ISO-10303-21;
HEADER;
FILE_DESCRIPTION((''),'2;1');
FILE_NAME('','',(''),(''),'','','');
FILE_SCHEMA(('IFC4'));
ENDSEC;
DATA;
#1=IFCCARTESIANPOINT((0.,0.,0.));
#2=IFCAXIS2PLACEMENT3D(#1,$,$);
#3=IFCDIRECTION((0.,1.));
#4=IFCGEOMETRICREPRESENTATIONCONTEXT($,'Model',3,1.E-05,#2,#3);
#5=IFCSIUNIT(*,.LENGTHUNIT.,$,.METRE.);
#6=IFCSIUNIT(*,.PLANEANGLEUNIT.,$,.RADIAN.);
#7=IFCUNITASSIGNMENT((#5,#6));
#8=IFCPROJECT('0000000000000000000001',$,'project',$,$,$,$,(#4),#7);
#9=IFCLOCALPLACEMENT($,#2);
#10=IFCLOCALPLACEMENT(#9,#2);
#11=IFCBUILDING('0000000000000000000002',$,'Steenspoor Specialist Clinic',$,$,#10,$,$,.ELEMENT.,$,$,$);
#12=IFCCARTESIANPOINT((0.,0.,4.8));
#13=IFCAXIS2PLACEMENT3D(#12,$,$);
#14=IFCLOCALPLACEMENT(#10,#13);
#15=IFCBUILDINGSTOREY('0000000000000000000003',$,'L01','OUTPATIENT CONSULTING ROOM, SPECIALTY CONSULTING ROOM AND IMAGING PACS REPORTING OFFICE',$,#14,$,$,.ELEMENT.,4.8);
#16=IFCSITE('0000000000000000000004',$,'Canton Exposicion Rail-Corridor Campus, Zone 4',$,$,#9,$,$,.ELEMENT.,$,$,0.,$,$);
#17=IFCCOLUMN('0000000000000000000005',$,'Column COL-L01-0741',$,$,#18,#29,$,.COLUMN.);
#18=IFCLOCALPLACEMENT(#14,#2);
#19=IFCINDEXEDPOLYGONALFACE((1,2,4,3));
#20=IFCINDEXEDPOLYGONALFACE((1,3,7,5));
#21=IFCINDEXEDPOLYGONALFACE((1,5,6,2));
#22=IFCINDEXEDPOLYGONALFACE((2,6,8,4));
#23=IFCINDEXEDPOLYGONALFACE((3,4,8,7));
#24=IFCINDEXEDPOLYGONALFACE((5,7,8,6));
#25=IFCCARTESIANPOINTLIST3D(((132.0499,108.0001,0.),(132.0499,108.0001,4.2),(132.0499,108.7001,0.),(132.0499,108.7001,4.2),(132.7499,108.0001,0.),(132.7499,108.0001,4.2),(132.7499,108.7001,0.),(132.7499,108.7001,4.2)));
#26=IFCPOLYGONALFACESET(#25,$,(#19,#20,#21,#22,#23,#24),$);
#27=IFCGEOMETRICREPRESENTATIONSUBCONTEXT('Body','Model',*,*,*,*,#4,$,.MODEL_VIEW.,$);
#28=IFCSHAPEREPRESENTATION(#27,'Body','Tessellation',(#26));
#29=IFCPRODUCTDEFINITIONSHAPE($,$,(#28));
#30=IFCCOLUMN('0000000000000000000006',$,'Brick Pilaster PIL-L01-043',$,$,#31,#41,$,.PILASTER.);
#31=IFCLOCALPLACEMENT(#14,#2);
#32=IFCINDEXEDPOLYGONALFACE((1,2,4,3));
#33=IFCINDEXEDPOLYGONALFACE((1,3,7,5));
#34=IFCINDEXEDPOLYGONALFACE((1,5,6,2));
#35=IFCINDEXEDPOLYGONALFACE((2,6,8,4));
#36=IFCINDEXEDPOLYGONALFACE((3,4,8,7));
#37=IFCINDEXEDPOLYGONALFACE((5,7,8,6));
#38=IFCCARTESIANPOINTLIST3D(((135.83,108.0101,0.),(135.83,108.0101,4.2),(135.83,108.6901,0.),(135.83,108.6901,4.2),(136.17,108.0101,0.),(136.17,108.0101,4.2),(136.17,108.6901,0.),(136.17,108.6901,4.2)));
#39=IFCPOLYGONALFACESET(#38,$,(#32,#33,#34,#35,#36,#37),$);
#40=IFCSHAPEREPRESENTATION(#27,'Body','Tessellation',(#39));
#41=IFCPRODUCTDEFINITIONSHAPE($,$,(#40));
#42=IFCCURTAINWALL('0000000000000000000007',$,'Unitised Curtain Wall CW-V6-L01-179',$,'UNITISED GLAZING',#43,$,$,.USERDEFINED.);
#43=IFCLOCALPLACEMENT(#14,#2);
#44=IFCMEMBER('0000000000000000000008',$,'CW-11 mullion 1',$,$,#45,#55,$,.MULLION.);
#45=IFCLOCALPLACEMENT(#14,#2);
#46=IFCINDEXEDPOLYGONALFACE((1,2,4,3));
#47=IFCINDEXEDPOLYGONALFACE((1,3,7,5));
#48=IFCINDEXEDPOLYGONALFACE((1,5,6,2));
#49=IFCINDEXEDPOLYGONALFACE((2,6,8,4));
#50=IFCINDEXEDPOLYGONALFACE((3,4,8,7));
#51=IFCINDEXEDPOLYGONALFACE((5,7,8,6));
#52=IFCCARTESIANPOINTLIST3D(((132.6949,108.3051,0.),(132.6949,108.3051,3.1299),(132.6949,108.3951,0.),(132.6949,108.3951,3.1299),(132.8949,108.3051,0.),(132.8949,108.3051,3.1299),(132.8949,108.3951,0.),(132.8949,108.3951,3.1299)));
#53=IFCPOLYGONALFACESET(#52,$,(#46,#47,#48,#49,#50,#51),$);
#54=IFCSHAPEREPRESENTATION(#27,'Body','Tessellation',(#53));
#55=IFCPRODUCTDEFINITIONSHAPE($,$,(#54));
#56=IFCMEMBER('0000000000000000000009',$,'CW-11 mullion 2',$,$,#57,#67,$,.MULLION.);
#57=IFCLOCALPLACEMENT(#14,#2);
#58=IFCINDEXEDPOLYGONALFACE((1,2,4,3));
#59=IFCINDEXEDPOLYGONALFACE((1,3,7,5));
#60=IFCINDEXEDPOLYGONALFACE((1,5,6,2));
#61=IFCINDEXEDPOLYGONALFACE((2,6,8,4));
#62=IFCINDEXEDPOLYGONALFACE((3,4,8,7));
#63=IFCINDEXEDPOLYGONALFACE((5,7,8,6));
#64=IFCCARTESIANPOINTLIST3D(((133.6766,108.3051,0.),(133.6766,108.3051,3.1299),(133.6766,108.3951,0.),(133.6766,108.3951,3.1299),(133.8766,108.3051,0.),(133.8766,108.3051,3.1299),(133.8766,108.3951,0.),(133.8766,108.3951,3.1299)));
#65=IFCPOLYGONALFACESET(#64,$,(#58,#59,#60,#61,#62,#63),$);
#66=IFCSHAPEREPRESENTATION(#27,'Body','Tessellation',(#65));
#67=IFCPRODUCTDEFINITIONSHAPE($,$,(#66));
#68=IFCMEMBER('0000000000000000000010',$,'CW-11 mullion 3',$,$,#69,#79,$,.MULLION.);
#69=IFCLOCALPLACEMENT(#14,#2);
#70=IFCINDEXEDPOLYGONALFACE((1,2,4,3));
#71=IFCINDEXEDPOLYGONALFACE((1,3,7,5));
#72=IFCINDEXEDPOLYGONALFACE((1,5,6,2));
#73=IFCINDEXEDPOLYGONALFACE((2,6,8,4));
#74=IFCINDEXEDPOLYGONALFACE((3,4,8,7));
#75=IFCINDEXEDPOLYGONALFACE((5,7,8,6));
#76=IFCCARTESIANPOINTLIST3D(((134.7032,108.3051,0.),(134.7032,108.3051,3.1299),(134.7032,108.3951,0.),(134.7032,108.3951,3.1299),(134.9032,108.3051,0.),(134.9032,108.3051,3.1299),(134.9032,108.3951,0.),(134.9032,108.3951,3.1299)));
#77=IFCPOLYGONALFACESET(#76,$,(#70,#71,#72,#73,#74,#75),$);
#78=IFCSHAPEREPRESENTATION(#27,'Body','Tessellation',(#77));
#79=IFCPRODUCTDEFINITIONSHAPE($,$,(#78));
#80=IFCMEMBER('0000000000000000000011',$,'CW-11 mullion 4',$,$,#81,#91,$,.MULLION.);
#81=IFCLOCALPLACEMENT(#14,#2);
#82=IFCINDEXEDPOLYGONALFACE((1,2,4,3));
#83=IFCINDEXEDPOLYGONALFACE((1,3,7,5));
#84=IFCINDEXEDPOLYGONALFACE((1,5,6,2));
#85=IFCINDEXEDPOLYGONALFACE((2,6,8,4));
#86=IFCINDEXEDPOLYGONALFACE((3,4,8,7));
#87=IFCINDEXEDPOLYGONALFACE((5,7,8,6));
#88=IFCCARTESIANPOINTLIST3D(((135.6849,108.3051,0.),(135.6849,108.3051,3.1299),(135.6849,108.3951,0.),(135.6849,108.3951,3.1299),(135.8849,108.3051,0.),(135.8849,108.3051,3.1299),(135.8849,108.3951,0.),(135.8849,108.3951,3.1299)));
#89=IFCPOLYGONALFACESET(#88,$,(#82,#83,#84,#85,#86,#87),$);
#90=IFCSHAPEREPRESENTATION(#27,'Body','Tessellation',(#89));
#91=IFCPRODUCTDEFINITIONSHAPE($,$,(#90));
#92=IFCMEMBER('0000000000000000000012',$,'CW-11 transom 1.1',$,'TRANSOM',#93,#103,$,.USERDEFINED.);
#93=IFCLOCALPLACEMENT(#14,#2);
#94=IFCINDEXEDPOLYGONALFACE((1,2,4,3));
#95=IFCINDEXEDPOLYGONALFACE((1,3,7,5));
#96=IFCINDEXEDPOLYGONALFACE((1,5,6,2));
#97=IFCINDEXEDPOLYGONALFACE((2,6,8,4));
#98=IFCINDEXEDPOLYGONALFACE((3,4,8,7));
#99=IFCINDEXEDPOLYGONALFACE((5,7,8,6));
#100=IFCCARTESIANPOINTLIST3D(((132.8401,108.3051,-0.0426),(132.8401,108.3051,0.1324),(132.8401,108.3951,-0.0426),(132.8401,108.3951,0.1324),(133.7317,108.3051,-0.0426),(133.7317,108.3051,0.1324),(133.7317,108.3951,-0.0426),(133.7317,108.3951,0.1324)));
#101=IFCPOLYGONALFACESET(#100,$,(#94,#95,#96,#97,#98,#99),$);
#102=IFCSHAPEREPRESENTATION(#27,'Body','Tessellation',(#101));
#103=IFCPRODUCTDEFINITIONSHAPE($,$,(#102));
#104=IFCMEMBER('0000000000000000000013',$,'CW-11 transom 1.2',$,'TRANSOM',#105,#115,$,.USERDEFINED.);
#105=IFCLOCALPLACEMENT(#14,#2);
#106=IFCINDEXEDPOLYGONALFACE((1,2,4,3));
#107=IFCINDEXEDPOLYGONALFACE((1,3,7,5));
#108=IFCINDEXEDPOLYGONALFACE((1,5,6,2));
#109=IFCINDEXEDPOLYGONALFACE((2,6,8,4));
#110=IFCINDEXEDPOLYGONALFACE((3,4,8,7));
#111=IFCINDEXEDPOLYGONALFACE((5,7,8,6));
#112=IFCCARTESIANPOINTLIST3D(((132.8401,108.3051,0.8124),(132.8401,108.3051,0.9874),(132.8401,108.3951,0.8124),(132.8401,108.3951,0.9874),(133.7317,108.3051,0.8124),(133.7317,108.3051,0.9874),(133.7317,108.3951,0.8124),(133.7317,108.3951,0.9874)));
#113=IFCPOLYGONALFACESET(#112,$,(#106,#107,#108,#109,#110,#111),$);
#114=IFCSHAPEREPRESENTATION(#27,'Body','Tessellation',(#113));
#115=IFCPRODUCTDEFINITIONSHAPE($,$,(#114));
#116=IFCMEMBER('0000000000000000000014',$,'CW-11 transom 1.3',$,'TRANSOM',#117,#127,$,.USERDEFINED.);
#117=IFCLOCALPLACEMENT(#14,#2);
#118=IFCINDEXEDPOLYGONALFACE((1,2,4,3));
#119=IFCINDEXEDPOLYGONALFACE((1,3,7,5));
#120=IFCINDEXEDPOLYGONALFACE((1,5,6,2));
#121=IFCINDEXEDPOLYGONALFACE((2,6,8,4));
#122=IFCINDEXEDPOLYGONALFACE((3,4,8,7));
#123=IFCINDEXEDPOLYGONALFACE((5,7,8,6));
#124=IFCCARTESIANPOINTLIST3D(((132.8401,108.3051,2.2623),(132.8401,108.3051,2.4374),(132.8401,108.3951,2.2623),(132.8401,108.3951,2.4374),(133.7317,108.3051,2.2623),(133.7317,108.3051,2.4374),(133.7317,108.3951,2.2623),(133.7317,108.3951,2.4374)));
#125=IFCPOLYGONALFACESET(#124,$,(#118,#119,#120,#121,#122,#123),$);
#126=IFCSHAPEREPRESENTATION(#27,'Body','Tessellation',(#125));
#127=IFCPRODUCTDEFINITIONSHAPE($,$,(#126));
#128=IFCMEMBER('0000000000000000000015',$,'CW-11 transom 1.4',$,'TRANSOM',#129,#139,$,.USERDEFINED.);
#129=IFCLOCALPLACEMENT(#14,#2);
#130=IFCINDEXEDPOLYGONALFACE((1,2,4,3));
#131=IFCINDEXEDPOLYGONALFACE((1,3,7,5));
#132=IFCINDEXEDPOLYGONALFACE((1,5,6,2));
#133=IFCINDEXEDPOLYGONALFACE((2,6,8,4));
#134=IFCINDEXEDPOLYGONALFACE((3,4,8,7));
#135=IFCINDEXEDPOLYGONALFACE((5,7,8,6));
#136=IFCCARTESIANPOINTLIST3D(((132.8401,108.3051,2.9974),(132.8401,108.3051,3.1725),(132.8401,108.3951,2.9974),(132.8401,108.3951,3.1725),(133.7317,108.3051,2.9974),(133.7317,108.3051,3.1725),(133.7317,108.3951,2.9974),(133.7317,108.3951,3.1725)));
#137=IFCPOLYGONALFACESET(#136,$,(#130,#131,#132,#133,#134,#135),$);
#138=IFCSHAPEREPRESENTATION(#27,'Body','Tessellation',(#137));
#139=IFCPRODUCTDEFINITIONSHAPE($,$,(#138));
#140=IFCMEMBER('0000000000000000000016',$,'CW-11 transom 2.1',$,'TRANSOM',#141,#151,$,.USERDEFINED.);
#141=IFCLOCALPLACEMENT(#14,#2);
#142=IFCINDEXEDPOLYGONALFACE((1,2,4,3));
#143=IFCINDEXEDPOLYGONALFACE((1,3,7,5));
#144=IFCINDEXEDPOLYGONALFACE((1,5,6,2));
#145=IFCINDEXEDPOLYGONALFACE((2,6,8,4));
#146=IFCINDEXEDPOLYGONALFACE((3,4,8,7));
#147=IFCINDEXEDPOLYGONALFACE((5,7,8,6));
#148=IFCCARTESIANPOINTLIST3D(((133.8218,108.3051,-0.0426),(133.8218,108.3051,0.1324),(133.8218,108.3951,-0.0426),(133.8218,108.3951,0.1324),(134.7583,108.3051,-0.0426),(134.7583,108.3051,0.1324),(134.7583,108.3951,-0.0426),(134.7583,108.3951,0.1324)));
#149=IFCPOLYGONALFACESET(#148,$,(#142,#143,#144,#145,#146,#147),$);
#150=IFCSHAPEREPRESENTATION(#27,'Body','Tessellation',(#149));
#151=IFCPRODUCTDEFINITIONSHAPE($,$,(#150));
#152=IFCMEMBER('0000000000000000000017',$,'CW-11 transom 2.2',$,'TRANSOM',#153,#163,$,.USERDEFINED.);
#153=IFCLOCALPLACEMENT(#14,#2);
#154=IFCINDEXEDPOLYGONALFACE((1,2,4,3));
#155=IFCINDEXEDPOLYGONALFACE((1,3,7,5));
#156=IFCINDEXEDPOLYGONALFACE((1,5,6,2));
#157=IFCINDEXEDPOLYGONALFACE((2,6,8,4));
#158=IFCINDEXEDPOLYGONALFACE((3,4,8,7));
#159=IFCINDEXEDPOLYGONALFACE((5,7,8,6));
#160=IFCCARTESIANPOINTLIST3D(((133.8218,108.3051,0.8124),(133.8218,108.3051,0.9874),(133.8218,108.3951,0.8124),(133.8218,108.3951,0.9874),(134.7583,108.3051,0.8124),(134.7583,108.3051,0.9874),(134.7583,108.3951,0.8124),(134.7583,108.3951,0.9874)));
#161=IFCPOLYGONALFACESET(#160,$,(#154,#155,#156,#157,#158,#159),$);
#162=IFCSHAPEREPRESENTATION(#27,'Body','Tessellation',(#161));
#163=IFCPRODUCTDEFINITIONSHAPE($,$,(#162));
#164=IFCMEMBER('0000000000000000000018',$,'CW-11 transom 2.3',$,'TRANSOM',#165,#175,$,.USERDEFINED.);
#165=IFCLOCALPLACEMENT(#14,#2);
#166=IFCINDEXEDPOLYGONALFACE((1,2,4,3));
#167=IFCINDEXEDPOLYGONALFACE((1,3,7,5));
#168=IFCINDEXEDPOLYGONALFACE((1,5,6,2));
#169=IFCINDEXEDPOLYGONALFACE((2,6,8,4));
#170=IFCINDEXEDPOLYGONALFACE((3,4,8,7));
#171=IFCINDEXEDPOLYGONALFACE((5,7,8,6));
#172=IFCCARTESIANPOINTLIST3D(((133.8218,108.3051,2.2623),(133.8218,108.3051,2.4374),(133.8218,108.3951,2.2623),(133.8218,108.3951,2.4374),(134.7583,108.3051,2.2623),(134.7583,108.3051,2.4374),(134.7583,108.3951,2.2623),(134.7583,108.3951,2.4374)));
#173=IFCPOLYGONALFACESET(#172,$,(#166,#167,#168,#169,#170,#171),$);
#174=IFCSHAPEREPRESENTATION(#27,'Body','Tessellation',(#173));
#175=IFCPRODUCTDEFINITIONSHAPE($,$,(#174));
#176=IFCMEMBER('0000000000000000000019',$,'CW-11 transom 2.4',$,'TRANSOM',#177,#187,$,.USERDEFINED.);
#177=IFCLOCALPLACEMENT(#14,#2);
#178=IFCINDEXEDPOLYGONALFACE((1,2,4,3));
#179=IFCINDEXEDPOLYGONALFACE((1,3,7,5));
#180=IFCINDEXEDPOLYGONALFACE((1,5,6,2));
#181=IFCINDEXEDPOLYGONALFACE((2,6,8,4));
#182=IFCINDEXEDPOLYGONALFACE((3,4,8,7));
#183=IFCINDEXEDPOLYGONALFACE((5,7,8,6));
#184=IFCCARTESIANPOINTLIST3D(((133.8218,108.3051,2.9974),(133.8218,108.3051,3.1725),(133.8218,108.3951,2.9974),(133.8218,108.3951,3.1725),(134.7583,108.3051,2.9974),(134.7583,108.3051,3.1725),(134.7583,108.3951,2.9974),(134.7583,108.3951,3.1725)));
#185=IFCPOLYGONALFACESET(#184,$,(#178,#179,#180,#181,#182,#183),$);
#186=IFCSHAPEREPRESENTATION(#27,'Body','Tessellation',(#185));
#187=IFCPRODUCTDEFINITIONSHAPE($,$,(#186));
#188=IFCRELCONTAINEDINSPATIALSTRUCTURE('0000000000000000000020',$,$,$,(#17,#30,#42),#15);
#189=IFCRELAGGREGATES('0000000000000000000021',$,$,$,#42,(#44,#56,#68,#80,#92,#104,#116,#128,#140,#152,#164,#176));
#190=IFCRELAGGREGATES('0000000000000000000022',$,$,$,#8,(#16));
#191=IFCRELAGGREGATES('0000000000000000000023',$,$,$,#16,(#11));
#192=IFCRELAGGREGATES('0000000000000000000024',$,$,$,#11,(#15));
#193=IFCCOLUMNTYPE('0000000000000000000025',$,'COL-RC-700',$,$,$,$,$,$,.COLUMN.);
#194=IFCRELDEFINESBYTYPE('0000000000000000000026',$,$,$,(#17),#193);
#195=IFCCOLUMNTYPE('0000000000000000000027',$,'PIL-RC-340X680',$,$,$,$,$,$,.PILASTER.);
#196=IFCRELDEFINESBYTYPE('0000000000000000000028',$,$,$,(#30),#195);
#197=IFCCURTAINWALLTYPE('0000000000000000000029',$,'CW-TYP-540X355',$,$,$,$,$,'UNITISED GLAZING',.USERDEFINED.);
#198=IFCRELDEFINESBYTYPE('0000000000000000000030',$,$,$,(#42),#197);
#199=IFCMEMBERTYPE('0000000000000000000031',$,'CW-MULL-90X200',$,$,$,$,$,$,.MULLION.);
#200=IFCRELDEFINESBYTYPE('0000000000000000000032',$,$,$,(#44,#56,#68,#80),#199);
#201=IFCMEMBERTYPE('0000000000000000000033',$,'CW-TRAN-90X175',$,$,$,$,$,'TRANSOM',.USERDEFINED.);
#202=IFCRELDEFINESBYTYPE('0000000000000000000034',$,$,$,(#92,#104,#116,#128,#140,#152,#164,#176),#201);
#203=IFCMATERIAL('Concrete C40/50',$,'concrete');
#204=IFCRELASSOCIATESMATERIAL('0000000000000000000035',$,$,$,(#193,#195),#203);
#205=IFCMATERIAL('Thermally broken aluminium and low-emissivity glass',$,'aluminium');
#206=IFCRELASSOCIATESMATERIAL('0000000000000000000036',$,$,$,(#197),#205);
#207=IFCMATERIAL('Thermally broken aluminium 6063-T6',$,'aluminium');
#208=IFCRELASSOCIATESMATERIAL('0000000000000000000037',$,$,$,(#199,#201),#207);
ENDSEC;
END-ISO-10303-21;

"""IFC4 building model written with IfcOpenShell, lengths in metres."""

from ifc_helpers import new_model, si_unit, direction, frame, origin, origin_2d, place, context, subcontext, project, spatial, rectangle, extrude, material, material_profile, profile_set, type_object, element, aggregate, save


model = new_model("IFC4")

# Units and contexts
model_context = context("Model", 3, precision=1e-05, world=origin(), true_north=direction((0.0, 1.0)))
body_context = subcontext(model_context, "Body", "Model", "MODEL_VIEW")
ifc_project = project(units=[si_unit("LENGTHUNIT", "METRE"), si_unit("PLANEANGLEUNIT", "RADIAN")], contexts=[model_context])

# Site, building, storey
site_placement = place(None, origin())
site = spatial("IfcSite", under=ifc_project, at=site_placement, Name="Canton Exposicion Rail-Corridor Campus, Zone 4", CompositionType="ELEMENT", RefElevation=0.0)
building_placement = place(site_placement, origin())
building = spatial("IfcBuilding", under=site, at=building_placement, Name="Steenspoor Specialist Clinic", CompositionType="ELEMENT")
storey_placement = place(building_placement, frame((0.0, 0.0, 4.8)))
storey = spatial("IfcBuildingStorey", under=building, at=storey_placement, Name="L01", Description="OUTPATIENT CONSULTING ROOM, SPECIALTY CONSULTING ROOM AND IMAGING PACS REPORTING OFFICE", CompositionType="ELEMENT", Elevation=4.8)

# Columns
ifc_material_1 = material(Name="Concrete C40/50", Category="concrete")
ifc_material_profile_1 = material_profile(ifc_material_1, rectangle(XDim=0.7, YDim=0.7, at=origin_2d()), Name="RC-COL-700X700")
ifc_profile_set_1 = profile_set([ifc_material_profile_1], Name="Concrete C40/50")
column_type_1 = type_object("IfcColumnType", Name="COL-RC-700", PredefinedType="COLUMN", material=ifc_profile_set_1)
column_1_placement = place(storey_placement, frame((132.3999, 108.3501, 0.0), z_axis=(0.0, 0.0, 1.0), x_axis=(1.0, 0.0, 0.0)))
element("IfcColumn", 1, at=column_1_placement, inside=storey, type_object=column_type_1, Name="Column COL-L01-0741", PredefinedType="COLUMN", context=body_context, shape_type="SweptSolid", body=[
    extrude(rectangle(XDim=0.7, YDim=0.7, at=origin_2d()), origin(), (0.0, 0.0, 1.0), 4.2),
])
ifc_material_profile_2 = material_profile(ifc_material_1, rectangle(XDim=0.3401, YDim=0.6799, at=origin_2d()), Name="RC-PIL-340X680")
ifc_profile_set_2 = profile_set([ifc_material_profile_2], Name="Concrete C40/50")
column_type_2 = type_object("IfcColumnType", Name="PIL-RC-340X680", PredefinedType="PILASTER", material=ifc_profile_set_2)
column_2_placement = place(storey_placement, frame((136.0, 108.3501, 0.0), z_axis=(0.0, 0.0, 1.0), x_axis=(1.0, 0.0, 0.0)))
element("IfcColumn", 2, at=column_2_placement, inside=storey, type_object=column_type_2, Name="Brick Pilaster PIL-L01-043", PredefinedType="PILASTER", context=body_context, shape_type="SweptSolid", body=[
    extrude(rectangle(XDim=0.3401, YDim=0.6799, at=origin_2d()), origin(), (0.0, 0.0, 1.0), 4.2),
])

# Curtain wall, members
ifc_material_2 = material(Name="Thermally broken aluminium and low-emissivity glass", Category="aluminium")
curtain_wall_type = type_object("IfcCurtainWallType", Name="CW-TYP-540X355", ElementType="UNITISED GLAZING", PredefinedType="USERDEFINED", material=ifc_material_2)
curtain_wall_placement = place(storey_placement, origin())
curtain_wall = element("IfcCurtainWall", 3, at=curtain_wall_placement, inside=storey, type_object=curtain_wall_type, Name="Unitised Curtain Wall CW-V6-L01-179", ObjectType="UNITISED GLAZING", PredefinedType="USERDEFINED")
ifc_material_3 = material(Name="Thermally broken aluminium 6063-T6", Category="aluminium")
ifc_material_profile_3 = material_profile(ifc_material_3, rectangle(XDim=0.0901, YDim=0.2, at=origin_2d()), Name="CWM-90X200")
ifc_profile_set_3 = profile_set([ifc_material_profile_3], Name="Thermally broken aluminium 6063-T6")
member_type_1 = type_object("IfcMemberType", Name="CW-MULL-90X200", PredefinedType="MULLION", material=ifc_profile_set_3)
member_1_placement = place(storey_placement, frame((132.7949, 108.3501, 0.0), z_axis=(0.0, 0.0, 1.0), x_axis=(0.0, 1.0, 0.0)))
member_1 = element("IfcMember", 4, at=member_1_placement, type_object=member_type_1, Name="CW-11 mullion 1", PredefinedType="MULLION", context=body_context, shape_type="SweptSolid", body=[
    extrude(rectangle(XDim=0.0901, YDim=0.2, at=origin_2d()), origin(), (0.0, 0.0, 1.0), 3.1299),
])
member_2_placement = place(storey_placement, frame((133.7766, 108.3501, 0.0), z_axis=(0.0, 0.0, 1.0), x_axis=(0.0, 1.0, 0.0)))
member_2 = element("IfcMember", 5, at=member_2_placement, type_object=member_type_1, Name="CW-11 mullion 2", PredefinedType="MULLION", context=body_context, shape_type="SweptSolid", body=[
    extrude(rectangle(XDim=0.0901, YDim=0.2, at=origin_2d()), origin(), (0.0, 0.0, 1.0), 3.1299),
])
member_3_placement = place(storey_placement, frame((134.8032, 108.3501, 0.0), z_axis=(0.0, 0.0, 1.0), x_axis=(0.0, 1.0, 0.0)))
member_3 = element("IfcMember", 6, at=member_3_placement, type_object=member_type_1, Name="CW-11 mullion 3", PredefinedType="MULLION", context=body_context, shape_type="SweptSolid", body=[
    extrude(rectangle(XDim=0.0901, YDim=0.2, at=origin_2d()), origin(), (0.0, 0.0, 1.0), 3.1299),
])
member_4_placement = place(storey_placement, frame((135.7849, 108.3501, 0.0), z_axis=(0.0, 0.0, 1.0), x_axis=(0.0, 1.0, 0.0)))
member_4 = element("IfcMember", 7, at=member_4_placement, type_object=member_type_1, Name="CW-11 mullion 4", PredefinedType="MULLION", context=body_context, shape_type="SweptSolid", body=[
    extrude(rectangle(XDim=0.0901, YDim=0.2, at=origin_2d()), origin(), (0.0, 0.0, 1.0), 3.1299),
])
ifc_material_profile_4 = material_profile(ifc_material_3, rectangle(XDim=0.0901, YDim=0.175, at=origin_2d()), Name="CWT-90X175")
ifc_profile_set_4 = profile_set([ifc_material_profile_4], Name="Thermally broken aluminium 6063-T6")
member_type_2 = type_object("IfcMemberType", Name="CW-TRAN-90X175", ElementType="TRANSOM", PredefinedType="USERDEFINED", material=ifc_profile_set_4)
member_5_placement = place(storey_placement, frame((132.8401, 108.3501, 0.0449), z_axis=(1.0, 0.0, 0.0), x_axis=(0.0, 1.0, 0.0)))
member_5 = element("IfcMember", 8, at=member_5_placement, type_object=member_type_2, Name="CW-11 transom 1.1", ObjectType="TRANSOM", PredefinedType="USERDEFINED", context=body_context, shape_type="SweptSolid", body=[
    extrude(rectangle(XDim=0.0901, YDim=0.175, at=origin_2d()), origin(), (0.0, 0.0, 1.0), 0.8916),
])
member_6_placement = place(storey_placement, frame((132.8401, 108.3501, 0.8999), z_axis=(1.0, 0.0, 0.0), x_axis=(0.0, 1.0, 0.0)))
member_6 = element("IfcMember", 9, at=member_6_placement, type_object=member_type_2, Name="CW-11 transom 1.2", ObjectType="TRANSOM", PredefinedType="USERDEFINED", context=body_context, shape_type="SweptSolid", body=[
    extrude(rectangle(XDim=0.0901, YDim=0.175, at=origin_2d()), origin(), (0.0, 0.0, 1.0), 0.8916),
])
member_7_placement = place(storey_placement, frame((132.8401, 108.3501, 2.3499), z_axis=(1.0, 0.0, 0.0), x_axis=(0.0, 1.0, 0.0)))
member_7 = element("IfcMember", 10, at=member_7_placement, type_object=member_type_2, Name="CW-11 transom 1.3", ObjectType="TRANSOM", PredefinedType="USERDEFINED", context=body_context, shape_type="SweptSolid", body=[
    extrude(rectangle(XDim=0.0901, YDim=0.175, at=origin_2d()), origin(), (0.0, 0.0, 1.0), 0.8916),
])
member_8_placement = place(storey_placement, frame((132.8401, 108.3501, 3.085), z_axis=(1.0, 0.0, 0.0), x_axis=(0.0, 1.0, 0.0)))
member_8 = element("IfcMember", 11, at=member_8_placement, type_object=member_type_2, Name="CW-11 transom 1.4", ObjectType="TRANSOM", PredefinedType="USERDEFINED", context=body_context, shape_type="SweptSolid", body=[
    extrude(rectangle(XDim=0.0901, YDim=0.175, at=origin_2d()), origin(), (0.0, 0.0, 1.0), 0.8916),
])
member_9_placement = place(storey_placement, frame((133.8218, 108.3501, 0.0449), z_axis=(1.0, 0.0, 0.0), x_axis=(0.0, 1.0, 0.0)))
member_9 = element("IfcMember", 12, at=member_9_placement, type_object=member_type_2, Name="CW-11 transom 2.1", ObjectType="TRANSOM", PredefinedType="USERDEFINED", context=body_context, shape_type="SweptSolid", body=[
    extrude(rectangle(XDim=0.0901, YDim=0.175, at=origin_2d()), origin(), (0.0, 0.0, 1.0), 0.9365),
])
member_10_placement = place(storey_placement, frame((133.8218, 108.3501, 0.8999), z_axis=(1.0, 0.0, 0.0), x_axis=(0.0, 1.0, 0.0)))
member_10 = element("IfcMember", 13, at=member_10_placement, type_object=member_type_2, Name="CW-11 transom 2.2", ObjectType="TRANSOM", PredefinedType="USERDEFINED", context=body_context, shape_type="SweptSolid", body=[
    extrude(rectangle(XDim=0.0901, YDim=0.175, at=origin_2d()), origin(), (0.0, 0.0, 1.0), 0.9365),
])
member_11_placement = place(storey_placement, frame((133.8218, 108.3501, 2.3499), z_axis=(1.0, 0.0, 0.0), x_axis=(0.0, 1.0, 0.0)))
member_11 = element("IfcMember", 14, at=member_11_placement, type_object=member_type_2, Name="CW-11 transom 2.3", ObjectType="TRANSOM", PredefinedType="USERDEFINED", context=body_context, shape_type="SweptSolid", body=[
    extrude(rectangle(XDim=0.0901, YDim=0.175, at=origin_2d()), origin(), (0.0, 0.0, 1.0), 0.9365),
])
member_12_placement = place(storey_placement, frame((133.8218, 108.3501, 3.085), z_axis=(1.0, 0.0, 0.0), x_axis=(0.0, 1.0, 0.0)))
member_12 = element("IfcMember", 15, at=member_12_placement, type_object=member_type_2, Name="CW-11 transom 2.4", ObjectType="TRANSOM", PredefinedType="USERDEFINED", context=body_context, shape_type="SweptSolid", body=[
    extrude(rectangle(XDim=0.0901, YDim=0.175, at=origin_2d()), origin(), (0.0, 0.0, 1.0), 0.9365),
])

aggregate(curtain_wall, [member_1, member_2, member_3, member_4, member_5, member_6, member_7, member_8, member_9, member_10, member_11, member_12])

save(model, "model.ifc")
